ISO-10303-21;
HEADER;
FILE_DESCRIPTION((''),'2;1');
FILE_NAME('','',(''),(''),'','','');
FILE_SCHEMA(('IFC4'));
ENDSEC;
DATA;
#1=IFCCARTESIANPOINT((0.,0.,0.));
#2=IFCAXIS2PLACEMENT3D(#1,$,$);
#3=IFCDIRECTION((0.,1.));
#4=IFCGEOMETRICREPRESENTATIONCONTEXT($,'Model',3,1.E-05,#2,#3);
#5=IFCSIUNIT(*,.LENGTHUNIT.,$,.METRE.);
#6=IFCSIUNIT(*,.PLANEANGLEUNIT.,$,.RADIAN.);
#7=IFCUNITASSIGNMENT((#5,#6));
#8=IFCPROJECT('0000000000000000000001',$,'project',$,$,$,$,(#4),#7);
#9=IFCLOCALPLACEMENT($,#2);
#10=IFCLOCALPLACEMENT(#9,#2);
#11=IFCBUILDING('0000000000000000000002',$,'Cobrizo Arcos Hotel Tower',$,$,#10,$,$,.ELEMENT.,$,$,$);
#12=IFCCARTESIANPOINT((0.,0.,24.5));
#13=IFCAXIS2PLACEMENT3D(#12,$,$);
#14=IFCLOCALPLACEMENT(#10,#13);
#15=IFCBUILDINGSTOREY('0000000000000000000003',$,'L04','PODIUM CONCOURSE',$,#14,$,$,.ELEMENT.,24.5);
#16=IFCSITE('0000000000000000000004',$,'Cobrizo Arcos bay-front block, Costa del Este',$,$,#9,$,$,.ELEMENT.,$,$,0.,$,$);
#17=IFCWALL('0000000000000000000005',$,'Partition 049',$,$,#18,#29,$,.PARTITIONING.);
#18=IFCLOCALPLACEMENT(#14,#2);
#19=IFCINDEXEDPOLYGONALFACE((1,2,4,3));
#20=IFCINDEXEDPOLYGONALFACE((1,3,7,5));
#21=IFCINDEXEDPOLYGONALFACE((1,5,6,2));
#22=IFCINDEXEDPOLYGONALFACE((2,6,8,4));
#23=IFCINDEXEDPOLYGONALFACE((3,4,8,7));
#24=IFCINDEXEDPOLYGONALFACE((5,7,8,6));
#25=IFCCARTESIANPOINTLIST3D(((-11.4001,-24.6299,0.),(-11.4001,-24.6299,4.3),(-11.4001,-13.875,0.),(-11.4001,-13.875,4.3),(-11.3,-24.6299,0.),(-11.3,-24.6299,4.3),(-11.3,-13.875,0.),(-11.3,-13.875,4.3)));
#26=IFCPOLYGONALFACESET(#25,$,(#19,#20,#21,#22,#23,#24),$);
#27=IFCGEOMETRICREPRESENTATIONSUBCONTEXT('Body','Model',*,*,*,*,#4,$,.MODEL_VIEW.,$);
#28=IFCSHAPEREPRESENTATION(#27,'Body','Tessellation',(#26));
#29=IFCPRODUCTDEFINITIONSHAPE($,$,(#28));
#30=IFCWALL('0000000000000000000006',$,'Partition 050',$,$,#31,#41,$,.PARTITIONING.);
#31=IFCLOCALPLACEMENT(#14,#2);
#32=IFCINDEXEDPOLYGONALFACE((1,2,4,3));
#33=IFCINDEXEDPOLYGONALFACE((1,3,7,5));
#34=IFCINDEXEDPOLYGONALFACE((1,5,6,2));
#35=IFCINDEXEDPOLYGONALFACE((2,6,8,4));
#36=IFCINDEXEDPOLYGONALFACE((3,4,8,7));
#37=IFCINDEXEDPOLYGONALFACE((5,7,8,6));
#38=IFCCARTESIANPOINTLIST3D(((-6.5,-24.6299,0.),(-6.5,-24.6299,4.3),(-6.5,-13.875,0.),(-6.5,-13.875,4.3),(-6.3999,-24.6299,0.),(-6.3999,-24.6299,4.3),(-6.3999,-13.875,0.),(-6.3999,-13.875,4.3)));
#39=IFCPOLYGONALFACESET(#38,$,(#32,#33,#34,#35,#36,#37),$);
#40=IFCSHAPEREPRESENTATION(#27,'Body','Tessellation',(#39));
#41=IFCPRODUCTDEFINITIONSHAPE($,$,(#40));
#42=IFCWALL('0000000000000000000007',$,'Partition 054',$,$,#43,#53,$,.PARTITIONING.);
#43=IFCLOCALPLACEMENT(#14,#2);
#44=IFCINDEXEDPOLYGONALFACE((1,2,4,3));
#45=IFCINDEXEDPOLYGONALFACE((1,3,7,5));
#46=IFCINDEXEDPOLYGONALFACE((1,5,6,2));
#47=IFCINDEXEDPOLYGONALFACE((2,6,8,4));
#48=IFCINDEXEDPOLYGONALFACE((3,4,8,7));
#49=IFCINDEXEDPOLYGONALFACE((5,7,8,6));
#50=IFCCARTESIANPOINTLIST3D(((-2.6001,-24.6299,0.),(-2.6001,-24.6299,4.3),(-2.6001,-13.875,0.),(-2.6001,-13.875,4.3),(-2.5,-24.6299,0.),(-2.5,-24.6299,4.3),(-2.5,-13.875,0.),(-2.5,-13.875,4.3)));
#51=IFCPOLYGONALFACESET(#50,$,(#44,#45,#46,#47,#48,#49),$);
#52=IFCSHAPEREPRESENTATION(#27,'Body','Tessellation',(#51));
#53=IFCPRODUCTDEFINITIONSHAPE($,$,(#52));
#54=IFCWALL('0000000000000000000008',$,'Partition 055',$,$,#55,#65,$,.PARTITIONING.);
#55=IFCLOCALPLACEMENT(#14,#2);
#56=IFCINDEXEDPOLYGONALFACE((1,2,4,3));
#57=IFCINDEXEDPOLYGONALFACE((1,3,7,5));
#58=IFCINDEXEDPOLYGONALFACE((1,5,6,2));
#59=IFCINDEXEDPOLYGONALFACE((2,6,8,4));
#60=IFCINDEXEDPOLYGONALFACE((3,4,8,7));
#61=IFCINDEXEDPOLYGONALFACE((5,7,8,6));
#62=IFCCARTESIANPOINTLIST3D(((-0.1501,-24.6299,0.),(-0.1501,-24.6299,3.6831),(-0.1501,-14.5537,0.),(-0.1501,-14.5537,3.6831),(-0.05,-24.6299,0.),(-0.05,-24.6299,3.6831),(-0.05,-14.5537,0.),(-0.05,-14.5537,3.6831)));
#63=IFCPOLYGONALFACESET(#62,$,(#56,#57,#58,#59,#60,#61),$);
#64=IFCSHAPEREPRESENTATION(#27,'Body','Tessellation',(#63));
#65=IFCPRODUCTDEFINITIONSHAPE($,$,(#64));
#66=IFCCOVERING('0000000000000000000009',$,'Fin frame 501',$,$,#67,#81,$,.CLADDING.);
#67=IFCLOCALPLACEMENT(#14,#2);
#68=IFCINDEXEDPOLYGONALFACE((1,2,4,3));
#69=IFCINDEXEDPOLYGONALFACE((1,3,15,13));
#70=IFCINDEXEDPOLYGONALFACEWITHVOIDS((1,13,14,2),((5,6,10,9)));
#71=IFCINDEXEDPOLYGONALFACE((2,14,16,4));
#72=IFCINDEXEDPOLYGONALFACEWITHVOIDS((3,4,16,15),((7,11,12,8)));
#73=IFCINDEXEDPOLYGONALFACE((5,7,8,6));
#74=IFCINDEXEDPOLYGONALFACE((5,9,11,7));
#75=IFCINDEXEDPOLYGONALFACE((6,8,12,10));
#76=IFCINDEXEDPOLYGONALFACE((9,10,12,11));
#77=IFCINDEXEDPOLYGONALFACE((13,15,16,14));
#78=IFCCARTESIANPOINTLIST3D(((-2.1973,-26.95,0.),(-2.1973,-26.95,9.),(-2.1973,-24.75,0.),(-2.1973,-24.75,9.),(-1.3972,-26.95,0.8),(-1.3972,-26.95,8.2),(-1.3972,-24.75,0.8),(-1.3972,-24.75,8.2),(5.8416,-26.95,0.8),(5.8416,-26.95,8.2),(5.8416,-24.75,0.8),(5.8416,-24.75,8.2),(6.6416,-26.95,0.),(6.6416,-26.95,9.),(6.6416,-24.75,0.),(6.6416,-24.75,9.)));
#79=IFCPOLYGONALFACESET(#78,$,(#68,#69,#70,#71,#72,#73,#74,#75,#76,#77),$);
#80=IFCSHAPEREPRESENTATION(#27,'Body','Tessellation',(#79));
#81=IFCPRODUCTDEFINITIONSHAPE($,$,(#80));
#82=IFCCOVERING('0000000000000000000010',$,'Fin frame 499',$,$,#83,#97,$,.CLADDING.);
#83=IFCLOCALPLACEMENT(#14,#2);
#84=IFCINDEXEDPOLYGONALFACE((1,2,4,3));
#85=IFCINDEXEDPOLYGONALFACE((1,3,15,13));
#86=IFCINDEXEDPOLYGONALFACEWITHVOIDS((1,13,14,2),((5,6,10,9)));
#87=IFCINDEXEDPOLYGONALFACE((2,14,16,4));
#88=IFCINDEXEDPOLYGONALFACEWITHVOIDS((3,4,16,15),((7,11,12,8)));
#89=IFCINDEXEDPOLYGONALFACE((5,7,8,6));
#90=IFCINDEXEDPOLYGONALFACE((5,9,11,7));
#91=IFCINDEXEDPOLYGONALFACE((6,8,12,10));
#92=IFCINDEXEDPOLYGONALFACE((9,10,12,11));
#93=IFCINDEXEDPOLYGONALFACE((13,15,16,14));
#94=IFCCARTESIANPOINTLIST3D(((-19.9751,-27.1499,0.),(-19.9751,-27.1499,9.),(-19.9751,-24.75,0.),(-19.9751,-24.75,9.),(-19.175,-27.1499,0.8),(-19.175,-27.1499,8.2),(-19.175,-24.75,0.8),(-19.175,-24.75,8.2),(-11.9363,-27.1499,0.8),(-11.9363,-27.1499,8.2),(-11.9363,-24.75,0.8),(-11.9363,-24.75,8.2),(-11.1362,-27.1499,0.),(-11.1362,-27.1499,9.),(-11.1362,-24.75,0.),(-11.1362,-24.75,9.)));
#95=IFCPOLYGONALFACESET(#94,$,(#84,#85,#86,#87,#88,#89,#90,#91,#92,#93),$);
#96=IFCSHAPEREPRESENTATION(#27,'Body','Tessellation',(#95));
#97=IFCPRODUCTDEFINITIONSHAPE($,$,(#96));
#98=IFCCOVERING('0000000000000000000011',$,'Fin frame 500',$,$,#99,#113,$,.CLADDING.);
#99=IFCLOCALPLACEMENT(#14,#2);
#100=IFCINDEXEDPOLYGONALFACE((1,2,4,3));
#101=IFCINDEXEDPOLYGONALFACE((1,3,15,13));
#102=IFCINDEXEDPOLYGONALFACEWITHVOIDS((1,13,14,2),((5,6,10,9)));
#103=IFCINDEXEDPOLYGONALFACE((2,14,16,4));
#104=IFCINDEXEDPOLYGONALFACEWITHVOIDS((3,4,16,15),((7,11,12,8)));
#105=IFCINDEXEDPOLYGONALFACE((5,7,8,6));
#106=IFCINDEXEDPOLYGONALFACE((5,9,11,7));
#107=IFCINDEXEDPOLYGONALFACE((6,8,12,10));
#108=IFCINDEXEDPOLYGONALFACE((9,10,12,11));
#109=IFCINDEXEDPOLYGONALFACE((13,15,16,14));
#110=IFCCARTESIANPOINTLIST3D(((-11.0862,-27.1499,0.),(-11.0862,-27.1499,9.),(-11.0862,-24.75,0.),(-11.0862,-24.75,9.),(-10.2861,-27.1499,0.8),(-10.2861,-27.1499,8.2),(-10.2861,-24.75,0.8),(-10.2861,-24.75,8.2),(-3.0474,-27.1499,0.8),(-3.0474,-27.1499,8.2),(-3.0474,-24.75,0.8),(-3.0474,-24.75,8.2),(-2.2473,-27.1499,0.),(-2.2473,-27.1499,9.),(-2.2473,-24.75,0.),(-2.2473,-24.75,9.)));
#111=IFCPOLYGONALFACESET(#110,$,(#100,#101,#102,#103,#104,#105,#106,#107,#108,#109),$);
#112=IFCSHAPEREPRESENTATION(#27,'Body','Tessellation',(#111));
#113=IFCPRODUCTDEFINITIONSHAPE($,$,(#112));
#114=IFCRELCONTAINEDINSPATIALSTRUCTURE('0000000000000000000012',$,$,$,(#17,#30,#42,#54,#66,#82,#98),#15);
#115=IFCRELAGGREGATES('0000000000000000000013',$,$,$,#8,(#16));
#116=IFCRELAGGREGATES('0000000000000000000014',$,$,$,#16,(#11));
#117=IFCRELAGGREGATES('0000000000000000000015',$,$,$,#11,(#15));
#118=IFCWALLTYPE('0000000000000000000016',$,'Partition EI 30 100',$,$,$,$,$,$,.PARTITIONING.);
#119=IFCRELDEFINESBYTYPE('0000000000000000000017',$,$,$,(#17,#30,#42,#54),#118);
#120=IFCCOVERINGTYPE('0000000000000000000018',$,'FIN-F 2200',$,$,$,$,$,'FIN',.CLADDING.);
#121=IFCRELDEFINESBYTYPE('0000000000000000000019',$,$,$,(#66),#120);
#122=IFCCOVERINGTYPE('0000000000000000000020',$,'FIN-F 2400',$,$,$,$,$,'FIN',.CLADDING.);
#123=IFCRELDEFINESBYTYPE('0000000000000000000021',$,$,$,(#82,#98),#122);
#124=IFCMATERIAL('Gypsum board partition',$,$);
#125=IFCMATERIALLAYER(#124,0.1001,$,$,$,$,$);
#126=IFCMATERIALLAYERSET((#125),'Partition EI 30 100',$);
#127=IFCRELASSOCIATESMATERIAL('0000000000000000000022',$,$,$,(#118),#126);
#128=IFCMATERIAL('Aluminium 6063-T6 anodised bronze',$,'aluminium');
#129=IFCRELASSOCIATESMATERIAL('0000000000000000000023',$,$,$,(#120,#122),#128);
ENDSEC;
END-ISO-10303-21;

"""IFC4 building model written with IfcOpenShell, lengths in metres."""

from ifc_helpers import new_model, si_unit, direction, frame, frame_2d, origin, place, context, subcontext, project, spatial, polyline, rectangle, outline, extrude, material, layer, layer_set, type_object, element, save


model = new_model("IFC4")

# Units and contexts
model_context = context("Model", 3, precision=1e-05, world=origin(), true_north=direction((0.0, 1.0)))
body_context = subcontext(model_context, "Body", "Model", "MODEL_VIEW")
ifc_project = project(units=[si_unit("LENGTHUNIT", "METRE"), si_unit("PLANEANGLEUNIT", "RADIAN")], contexts=[model_context])

# Site, building, storey
site_placement = place(None, origin())
site = spatial("IfcSite", under=ifc_project, at=site_placement, Name="Cobrizo Arcos bay-front block, Costa del Este", CompositionType="ELEMENT", RefElevation=0.0)
building_placement = place(site_placement, origin())
building = spatial("IfcBuilding", under=site, at=building_placement, Name="Cobrizo Arcos Hotel Tower", CompositionType="ELEMENT")
storey_placement = place(building_placement, frame((0.0, 0.0, 24.5)))
storey = spatial("IfcBuildingStorey", under=building, at=storey_placement, Name="L04", Description="PODIUM CONCOURSE", CompositionType="ELEMENT", Elevation=24.5)

# Shared definitions
ifc_material_1 = material(Name="Aluminium 6063-T6 anodised bronze", Category="aluminium")

# Walls
ifc_material_2 = material(Name="Gypsum board partition")
ifc_layer_1 = layer(ifc_material_2, 0.1001)
ifc_layer_set_1 = layer_set([ifc_layer_1], Name="Partition EI 30 100")
wall_type = type_object("IfcWallType", Name="Partition EI 30 100", PredefinedType="PARTITIONING", material=ifc_layer_set_1)
for number, where, z_axis, x_axis, name in (
    (1, (-11.3501, -24.6299, 0.0), (0.0, 0.0, 1.0), (0.0, 1.0, 0.0), "Partition 049"),
    (2, (-6.45, -24.6299, 0.0), (0.0, 0.0, 1.0), (0.0, 1.0, 0.0), "Partition 050"),
    (3, (-2.55, -24.6299, 0.0), (0.0, 0.0, 1.0), (0.0, 1.0, 0.0), "Partition 054"),
):
    element("IfcWall", number, at=place(storey_placement, frame(where, z_axis=z_axis, x_axis=x_axis)), inside=storey, type_object=wall_type, Name=name, PredefinedType="PARTITIONING", context=body_context, shape_type="SweptSolid", body=[
        extrude(rectangle(XDim=10.7549, YDim=0.1001, at=frame_2d((5.3774, 0.0))), origin(), (0.0, 0.0, 1.0), 4.3),
    ])
wall_1_placement = place(storey_placement, frame((-0.1001, -24.6299, 0.0), z_axis=(0.0, 0.0, 1.0), x_axis=(0.0, 1.0, 0.0)))
element("IfcWall", 4, at=wall_1_placement, inside=storey, type_object=wall_type, Name="Partition 055", PredefinedType="PARTITIONING", context=body_context, shape_type="SweptSolid", body=[
    extrude(rectangle(XDim=10.0762, YDim=0.1001, at=frame_2d((5.0381, 0.0))), origin(), (0.0, 0.0, 1.0), 3.6831),
])

# Coverings
covering_type_1 = type_object("IfcCoveringType", Name="FIN-F 2200", ElementType="FIN", PredefinedType="CLADDING", material=ifc_material_1)
covering_placement = place(storey_placement, frame((-2.1973, -24.75, 0.0), z_axis=(0.0, -1.0, 0.0), x_axis=(1.0, 0.0, 0.0)))
element("IfcCovering", 5, at=covering_placement, inside=storey, type_object=covering_type_1, Name="Fin frame 501", PredefinedType="CLADDING", context=body_context, shape_type="SweptSolid", body=[
    extrude(outline(polyline([(0.0, 9.0), (0.0, 0.0), (8.8389, 0.0), (8.8389, 9.0), (0.0, 9.0)]), holes=[polyline([(8.0388, 0.8), (0.8, 0.8), (0.8, 8.2), (8.0388, 8.2), (8.0388, 0.8)])]), origin(), (0.0, 0.0, 1.0), 2.2),
])
covering_type_2 = type_object("IfcCoveringType", Name="FIN-F 2400", ElementType="FIN", PredefinedType="CLADDING", material=ifc_material_1)
for number, where, z_axis, x_axis, name in (
    (6, (-19.9751, -24.75, 0.0), (0.0, -1.0, 0.0), (1.0, 0.0, 0.0), "Fin frame 499"),
    (7, (-11.0862, -24.75, 0.0), (0.0, -1.0, 0.0), (1.0, 0.0, 0.0), "Fin frame 500"),
):
    element("IfcCovering", number, at=place(storey_placement, frame(where, z_axis=z_axis, x_axis=x_axis)), inside=storey, type_object=covering_type_2, Name=name, PredefinedType="CLADDING", context=body_context, shape_type="SweptSolid", body=[
        extrude(outline(polyline([(0.0, 9.0), (0.0, 0.0), (8.8389, 0.0), (8.8389, 9.0), (0.0, 9.0)]), holes=[polyline([(8.0388, 0.8), (0.8, 0.8), (0.8, 8.2), (8.0388, 8.2), (8.0388, 0.8)])]), origin(), (0.0, 0.0, 1.0), 2.3999),
    ])

save(model, "model.ifc")
